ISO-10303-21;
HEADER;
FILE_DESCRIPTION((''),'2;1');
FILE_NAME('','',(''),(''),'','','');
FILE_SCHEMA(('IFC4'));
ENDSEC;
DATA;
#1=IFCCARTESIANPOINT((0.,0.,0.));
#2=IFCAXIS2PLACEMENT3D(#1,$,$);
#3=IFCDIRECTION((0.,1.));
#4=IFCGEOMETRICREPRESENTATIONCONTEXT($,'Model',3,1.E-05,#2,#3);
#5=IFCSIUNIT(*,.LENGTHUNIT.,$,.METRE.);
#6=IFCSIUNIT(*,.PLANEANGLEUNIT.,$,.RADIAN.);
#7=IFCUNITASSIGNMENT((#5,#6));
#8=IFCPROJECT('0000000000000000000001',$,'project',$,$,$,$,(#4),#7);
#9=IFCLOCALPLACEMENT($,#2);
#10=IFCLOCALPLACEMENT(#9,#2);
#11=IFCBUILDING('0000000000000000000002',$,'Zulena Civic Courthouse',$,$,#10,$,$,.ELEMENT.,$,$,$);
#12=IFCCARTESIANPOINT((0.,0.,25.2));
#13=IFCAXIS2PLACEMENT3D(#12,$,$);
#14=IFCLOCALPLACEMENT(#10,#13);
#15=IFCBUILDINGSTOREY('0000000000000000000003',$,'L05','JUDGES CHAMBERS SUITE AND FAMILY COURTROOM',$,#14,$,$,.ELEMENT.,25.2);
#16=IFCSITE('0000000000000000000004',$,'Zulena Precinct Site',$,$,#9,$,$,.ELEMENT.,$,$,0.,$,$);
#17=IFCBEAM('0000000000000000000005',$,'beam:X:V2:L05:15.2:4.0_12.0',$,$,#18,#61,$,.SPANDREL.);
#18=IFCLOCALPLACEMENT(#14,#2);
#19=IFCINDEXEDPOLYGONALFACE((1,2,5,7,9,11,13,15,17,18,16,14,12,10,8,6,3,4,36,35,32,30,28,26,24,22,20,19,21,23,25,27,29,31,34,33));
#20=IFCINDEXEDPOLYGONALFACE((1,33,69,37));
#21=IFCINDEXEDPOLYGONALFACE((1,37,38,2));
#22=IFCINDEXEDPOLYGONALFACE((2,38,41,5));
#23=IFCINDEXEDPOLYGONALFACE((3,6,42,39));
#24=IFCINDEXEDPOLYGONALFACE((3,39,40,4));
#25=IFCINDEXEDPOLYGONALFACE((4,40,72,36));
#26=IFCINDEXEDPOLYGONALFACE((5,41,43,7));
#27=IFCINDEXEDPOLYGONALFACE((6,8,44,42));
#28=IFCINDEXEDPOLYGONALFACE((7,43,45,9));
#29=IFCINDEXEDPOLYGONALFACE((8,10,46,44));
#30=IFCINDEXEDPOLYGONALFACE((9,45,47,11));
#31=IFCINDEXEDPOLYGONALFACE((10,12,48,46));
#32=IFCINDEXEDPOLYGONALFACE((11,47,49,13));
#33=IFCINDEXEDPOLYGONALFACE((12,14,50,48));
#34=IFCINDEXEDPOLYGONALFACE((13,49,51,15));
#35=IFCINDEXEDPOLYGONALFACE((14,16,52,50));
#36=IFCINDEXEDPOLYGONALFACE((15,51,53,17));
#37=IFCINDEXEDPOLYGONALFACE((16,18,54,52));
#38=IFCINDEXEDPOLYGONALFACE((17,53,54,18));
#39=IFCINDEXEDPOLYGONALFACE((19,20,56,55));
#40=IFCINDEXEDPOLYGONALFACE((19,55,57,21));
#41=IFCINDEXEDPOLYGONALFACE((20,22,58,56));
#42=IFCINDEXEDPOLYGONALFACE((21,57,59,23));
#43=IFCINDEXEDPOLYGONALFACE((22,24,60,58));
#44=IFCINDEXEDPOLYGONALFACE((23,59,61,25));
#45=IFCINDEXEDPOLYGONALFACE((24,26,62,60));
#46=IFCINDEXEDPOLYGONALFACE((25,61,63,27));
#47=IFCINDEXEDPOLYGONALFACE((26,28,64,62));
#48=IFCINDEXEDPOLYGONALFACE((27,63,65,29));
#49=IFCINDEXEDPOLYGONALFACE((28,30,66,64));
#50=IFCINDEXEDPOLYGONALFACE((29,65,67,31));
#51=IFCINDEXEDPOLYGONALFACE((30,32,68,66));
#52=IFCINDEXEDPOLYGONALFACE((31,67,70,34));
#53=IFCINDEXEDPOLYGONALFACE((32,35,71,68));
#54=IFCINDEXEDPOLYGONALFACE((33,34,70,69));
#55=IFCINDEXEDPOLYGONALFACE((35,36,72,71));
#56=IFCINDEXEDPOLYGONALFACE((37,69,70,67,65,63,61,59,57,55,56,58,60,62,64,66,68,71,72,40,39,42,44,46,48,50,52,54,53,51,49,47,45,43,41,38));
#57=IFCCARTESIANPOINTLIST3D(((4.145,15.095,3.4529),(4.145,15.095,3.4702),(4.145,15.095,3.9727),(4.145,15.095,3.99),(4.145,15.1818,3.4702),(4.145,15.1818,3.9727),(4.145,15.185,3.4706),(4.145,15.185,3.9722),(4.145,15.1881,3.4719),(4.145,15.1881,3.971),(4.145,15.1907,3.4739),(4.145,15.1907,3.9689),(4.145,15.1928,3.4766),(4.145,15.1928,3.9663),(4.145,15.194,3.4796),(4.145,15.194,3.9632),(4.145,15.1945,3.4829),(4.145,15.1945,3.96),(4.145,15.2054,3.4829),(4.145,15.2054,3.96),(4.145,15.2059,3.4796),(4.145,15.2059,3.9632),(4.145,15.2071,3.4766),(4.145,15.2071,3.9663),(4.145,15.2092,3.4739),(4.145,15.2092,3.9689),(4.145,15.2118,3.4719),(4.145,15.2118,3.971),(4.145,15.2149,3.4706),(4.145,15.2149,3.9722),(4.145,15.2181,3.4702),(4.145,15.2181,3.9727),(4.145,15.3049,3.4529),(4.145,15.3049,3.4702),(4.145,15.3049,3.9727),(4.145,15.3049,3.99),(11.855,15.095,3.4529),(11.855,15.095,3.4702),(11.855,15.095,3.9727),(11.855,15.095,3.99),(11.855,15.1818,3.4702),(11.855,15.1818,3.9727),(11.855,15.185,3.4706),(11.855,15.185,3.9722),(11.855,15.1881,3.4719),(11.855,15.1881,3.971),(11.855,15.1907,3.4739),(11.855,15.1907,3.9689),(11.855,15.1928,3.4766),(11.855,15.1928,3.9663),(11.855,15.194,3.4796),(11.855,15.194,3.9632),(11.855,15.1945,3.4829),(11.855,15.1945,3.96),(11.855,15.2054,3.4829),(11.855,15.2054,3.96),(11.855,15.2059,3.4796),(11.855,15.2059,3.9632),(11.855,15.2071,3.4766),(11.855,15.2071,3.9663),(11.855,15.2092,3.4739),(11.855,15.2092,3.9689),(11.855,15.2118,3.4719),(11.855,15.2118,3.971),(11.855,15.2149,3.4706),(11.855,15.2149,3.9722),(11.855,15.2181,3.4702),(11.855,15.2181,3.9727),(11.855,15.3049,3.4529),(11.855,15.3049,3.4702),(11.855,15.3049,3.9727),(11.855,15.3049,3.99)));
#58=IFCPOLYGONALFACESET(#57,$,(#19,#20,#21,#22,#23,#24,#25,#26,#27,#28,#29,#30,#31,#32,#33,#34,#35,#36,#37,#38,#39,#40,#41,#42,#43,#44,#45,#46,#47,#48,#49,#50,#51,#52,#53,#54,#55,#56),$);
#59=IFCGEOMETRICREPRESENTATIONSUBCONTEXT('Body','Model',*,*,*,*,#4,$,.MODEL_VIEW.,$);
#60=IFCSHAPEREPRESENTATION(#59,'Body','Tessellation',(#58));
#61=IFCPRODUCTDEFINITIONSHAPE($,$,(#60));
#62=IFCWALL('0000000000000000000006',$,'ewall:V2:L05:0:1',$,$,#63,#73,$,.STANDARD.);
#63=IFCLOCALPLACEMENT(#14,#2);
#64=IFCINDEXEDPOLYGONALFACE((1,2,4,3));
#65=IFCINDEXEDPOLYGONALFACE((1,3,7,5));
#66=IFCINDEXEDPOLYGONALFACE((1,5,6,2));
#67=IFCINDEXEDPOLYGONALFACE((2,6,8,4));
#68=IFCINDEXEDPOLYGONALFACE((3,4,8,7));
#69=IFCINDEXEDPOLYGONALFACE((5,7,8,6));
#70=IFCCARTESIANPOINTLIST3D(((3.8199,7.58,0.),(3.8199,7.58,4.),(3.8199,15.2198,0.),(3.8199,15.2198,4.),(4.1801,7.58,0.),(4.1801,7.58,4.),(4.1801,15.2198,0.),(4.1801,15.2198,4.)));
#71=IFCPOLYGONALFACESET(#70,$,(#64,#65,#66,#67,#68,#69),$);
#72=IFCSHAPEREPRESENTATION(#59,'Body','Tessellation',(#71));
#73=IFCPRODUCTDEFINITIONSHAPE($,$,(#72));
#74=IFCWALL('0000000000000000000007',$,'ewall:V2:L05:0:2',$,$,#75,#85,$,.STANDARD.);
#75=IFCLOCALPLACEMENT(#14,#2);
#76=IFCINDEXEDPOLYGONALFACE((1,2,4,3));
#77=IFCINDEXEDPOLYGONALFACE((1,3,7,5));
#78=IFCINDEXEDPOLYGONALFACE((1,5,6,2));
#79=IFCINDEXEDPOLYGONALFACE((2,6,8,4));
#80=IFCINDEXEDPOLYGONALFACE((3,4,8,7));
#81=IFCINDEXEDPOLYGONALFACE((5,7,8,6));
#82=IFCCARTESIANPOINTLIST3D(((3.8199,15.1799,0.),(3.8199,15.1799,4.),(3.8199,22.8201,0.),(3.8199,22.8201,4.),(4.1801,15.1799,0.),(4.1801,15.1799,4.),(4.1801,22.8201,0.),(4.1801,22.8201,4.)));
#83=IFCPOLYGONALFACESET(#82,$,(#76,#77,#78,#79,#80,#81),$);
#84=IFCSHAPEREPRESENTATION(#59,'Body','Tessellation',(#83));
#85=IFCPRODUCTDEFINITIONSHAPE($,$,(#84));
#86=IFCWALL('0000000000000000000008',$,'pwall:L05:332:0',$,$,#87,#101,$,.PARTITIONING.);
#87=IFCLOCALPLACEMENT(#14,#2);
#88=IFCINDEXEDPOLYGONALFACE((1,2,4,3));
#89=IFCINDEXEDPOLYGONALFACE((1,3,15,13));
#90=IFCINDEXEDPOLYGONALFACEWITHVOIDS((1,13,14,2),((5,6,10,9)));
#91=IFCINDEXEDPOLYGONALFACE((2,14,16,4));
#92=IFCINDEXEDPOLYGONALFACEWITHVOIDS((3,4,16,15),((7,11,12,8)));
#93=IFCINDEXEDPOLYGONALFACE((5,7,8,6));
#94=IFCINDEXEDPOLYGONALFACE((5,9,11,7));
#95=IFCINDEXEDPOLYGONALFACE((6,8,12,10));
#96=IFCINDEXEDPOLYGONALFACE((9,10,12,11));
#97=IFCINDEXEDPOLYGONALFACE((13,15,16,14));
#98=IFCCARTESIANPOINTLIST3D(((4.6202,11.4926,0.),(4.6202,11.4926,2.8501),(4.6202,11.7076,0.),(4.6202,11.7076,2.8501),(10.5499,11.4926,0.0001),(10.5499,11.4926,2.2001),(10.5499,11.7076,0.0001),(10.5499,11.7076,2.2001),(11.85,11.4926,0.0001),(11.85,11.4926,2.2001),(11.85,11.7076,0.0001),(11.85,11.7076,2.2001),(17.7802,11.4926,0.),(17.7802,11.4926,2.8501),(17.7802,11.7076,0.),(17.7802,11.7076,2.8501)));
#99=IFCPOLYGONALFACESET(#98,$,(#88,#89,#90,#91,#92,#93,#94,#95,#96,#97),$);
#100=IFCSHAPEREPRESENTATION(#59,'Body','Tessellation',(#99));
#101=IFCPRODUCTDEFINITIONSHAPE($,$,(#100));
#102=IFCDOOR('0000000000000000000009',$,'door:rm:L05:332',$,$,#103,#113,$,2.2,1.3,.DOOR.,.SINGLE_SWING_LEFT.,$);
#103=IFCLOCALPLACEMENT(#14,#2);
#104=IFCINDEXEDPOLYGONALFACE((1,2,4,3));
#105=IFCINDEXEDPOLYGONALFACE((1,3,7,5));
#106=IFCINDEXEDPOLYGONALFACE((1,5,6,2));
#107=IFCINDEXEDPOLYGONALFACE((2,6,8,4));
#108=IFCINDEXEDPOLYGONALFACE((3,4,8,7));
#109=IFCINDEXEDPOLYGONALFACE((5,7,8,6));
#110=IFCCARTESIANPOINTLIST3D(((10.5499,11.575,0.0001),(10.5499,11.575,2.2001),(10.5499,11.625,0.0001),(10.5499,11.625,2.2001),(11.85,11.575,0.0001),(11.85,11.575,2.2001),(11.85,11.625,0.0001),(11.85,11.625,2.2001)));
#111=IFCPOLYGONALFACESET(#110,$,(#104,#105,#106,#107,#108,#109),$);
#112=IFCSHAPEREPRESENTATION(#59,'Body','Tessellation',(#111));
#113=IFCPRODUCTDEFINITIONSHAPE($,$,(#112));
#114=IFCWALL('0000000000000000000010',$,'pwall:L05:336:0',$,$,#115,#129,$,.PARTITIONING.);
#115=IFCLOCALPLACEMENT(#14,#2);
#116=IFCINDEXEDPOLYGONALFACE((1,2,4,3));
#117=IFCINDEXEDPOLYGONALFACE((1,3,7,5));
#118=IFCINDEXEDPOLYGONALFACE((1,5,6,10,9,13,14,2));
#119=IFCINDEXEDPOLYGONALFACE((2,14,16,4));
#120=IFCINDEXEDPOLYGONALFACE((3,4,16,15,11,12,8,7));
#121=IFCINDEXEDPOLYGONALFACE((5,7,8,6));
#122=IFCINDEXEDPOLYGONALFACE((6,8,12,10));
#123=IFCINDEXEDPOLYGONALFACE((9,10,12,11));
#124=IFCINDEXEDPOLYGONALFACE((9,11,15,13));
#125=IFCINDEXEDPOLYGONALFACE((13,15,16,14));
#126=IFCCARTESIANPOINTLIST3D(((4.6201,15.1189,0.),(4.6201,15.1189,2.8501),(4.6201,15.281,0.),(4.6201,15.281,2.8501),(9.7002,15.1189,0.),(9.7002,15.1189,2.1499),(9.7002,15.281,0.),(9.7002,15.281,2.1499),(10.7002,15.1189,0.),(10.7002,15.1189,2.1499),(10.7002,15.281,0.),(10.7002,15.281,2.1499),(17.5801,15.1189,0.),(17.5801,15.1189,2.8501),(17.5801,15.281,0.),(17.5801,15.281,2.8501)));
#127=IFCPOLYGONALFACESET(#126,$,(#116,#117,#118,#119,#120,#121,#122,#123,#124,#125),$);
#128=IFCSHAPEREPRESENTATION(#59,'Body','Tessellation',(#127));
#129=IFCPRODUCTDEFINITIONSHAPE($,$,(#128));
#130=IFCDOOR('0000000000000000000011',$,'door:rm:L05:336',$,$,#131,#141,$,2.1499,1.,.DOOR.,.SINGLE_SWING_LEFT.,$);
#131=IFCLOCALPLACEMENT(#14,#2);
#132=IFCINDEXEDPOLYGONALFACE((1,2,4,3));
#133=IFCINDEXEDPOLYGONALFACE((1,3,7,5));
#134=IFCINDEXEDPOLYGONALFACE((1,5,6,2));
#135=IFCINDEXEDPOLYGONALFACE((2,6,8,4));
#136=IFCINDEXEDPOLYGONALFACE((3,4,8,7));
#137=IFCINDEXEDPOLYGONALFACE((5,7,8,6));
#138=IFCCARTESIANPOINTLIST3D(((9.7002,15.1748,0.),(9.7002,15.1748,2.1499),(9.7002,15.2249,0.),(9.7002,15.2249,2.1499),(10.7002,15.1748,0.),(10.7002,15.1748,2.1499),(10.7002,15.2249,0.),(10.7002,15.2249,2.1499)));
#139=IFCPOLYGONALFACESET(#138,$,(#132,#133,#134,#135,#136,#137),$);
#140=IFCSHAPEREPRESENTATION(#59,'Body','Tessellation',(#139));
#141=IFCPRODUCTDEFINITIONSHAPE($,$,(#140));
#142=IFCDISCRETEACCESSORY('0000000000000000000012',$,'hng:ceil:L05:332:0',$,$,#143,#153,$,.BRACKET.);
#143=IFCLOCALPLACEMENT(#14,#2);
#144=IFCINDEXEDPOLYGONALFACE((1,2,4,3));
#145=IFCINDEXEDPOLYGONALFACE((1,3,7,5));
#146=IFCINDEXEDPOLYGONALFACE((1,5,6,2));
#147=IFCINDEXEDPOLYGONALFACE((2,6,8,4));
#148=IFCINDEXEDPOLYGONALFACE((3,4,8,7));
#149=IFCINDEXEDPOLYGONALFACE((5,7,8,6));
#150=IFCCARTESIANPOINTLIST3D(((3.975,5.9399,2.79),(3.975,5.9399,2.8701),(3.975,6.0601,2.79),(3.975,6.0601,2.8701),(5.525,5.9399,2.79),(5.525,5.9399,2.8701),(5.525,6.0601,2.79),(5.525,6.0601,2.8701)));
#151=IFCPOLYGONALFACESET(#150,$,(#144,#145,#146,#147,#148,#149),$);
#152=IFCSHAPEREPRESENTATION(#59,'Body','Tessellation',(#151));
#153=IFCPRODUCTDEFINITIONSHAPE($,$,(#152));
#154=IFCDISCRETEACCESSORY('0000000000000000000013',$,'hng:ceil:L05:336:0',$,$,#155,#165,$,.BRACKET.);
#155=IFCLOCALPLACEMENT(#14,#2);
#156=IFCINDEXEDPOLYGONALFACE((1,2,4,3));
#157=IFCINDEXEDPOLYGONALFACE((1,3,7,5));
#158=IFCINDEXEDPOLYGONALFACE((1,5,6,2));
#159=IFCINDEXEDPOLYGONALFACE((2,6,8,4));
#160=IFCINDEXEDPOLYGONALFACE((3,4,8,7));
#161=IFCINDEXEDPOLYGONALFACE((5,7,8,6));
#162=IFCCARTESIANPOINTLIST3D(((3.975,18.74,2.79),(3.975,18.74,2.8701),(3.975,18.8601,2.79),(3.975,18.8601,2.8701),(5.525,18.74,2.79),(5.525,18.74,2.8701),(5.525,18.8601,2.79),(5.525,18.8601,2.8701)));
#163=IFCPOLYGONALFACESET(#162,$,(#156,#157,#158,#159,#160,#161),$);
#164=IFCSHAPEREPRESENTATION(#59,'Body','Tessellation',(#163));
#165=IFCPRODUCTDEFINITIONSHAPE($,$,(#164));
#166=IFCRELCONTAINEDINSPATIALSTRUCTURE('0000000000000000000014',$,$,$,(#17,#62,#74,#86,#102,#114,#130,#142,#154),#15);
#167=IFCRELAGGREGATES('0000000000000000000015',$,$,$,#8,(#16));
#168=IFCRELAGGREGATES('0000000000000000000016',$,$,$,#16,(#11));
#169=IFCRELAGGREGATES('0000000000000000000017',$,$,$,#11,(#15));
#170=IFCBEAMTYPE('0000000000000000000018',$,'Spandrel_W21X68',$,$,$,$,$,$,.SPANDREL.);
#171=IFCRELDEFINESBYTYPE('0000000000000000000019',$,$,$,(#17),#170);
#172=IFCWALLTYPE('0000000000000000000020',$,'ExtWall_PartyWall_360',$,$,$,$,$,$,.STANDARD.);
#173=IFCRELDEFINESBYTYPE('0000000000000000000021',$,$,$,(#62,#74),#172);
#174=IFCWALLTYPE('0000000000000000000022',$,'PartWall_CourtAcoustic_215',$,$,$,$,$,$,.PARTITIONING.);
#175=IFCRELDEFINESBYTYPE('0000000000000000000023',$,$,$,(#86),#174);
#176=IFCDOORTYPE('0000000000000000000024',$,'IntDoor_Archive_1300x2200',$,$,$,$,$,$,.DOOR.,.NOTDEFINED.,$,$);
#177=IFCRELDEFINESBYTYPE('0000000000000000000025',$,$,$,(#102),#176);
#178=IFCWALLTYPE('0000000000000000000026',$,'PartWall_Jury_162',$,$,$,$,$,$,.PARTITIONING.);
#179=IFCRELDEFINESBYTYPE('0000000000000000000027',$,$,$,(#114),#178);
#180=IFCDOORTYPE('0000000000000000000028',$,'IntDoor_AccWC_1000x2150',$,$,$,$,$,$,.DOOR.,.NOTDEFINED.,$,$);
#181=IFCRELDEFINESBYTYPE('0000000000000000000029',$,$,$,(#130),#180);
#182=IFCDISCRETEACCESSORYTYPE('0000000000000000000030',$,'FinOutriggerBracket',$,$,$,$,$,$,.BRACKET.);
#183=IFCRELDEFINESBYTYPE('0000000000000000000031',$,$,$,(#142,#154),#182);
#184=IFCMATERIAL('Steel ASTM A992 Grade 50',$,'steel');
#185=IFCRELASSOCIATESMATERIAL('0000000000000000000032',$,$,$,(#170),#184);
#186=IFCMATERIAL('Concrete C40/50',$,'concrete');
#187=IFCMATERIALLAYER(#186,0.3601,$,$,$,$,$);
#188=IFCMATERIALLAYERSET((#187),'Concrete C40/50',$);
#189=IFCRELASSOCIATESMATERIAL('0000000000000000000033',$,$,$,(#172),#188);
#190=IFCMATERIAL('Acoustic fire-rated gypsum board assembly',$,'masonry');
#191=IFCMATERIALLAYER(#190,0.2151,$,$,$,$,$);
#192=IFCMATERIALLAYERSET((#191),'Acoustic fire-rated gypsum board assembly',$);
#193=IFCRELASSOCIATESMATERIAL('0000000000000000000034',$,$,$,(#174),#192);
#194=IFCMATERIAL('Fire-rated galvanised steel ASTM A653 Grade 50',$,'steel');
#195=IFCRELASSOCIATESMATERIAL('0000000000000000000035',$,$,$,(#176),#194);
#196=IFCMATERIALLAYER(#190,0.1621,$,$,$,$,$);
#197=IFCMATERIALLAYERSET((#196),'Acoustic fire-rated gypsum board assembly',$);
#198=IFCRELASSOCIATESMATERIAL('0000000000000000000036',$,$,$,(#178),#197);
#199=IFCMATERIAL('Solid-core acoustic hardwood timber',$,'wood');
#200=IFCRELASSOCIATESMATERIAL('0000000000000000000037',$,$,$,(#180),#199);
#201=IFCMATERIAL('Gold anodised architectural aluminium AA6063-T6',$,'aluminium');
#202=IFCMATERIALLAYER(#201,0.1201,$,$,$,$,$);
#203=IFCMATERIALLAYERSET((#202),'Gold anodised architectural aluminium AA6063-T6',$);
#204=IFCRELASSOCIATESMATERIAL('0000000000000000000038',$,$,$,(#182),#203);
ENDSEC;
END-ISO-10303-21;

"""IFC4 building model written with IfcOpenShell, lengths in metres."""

from ifc_helpers import new_model, si_unit, direction, frame, frame_2d, origin, origin_2d, place, context, subcontext, project, spatial, rectangle, i_section, extrude, material, layer, layer_set, material_profile, profile_set, type_object, element, fill, save


model = new_model("IFC4")

# Units and contexts
model_context = context("Model", 3, precision=1e-05, world=origin(), true_north=direction((0.0, 1.0)))
body_context = subcontext(model_context, "Body", "Model", "MODEL_VIEW")
ifc_project = project(units=[si_unit("LENGTHUNIT", "METRE"), si_unit("PLANEANGLEUNIT", "RADIAN")], contexts=[model_context])

# Site, building, storey
site_placement = place(None, origin())
site = spatial("IfcSite", under=ifc_project, at=site_placement, Name="Zulena Precinct Site", CompositionType="ELEMENT", RefElevation=0.0)
building_placement = place(site_placement, origin())
building = spatial("IfcBuilding", under=site, at=building_placement, Name="Zulena Civic Courthouse", CompositionType="ELEMENT")
storey_placement = place(building_placement, frame((0.0, 0.0, 25.2)))
storey = spatial("IfcBuildingStorey", under=building, at=storey_placement, Name="L05", Description="JUDGES CHAMBERS SUITE AND FAMILY COURTROOM", CompositionType="ELEMENT", Elevation=25.2)

# Shared definitions
ifc_material_1 = material(Name="Steel ASTM A992 Grade 50", Category="steel")

# Beam
ifc_material_profile_1 = material_profile(ifc_material_1, i_section(OverallWidth=0.21, OverallDepth=0.5371, WebThickness=0.011, FlangeThickness=0.0173, FilletRadius=0.0127, at=origin_2d()), Name="W21X68")
ifc_profile_set_1 = profile_set([ifc_material_profile_1], Name="Steel ASTM A992 Grade 50")
beam_type_1 = type_object("IfcBeamType", Name="Spandrel_W21X68", PredefinedType="SPANDREL", material=ifc_profile_set_1)
for number, where, z_axis, x_axis, name in (
    (1, (4.145, 15.2, 3.7214), (1.0, 0.0, 0.0), (0.0, 1.0, 0.0), "beam:X:V2:L05:15.2:4.0_12.0"),
):
    element("IfcBeam", number, at=place(storey_placement, frame(where, z_axis=z_axis, x_axis=x_axis)), inside=storey, type_object=beam_type_1, Name=name, PredefinedType="SPANDREL", context=body_context, shape_type="SweptSolid", body=[
        extrude(i_section(OverallWidth=0.21, OverallDepth=0.5371, WebThickness=0.011, FlangeThickness=0.0173, FilletRadius=0.0127, at=origin_2d()), origin(), (0.0, 0.0, 1.0), 7.71),
    ])

# Walls
ifc_material_2 = material(Name="Concrete C40/50", Category="concrete")
ifc_layer_1 = layer(ifc_material_2, 0.3601)
ifc_layer_set_1 = layer_set([ifc_layer_1], Name="Concrete C40/50")
wall_type_1 = type_object("IfcWallType", Name="ExtWall_PartyWall_360", PredefinedType="STANDARD", material=ifc_layer_set_1)
wall_1_placement = place(storey_placement, frame((4.0, 7.5801, 0.0), z_axis=(0.0, 0.0, 1.0), x_axis=(0.0, 1.0, 0.0)))
element("IfcWall", 2, at=wall_1_placement, inside=storey, type_object=wall_type_1, Name="ewall:V2:L05:0:1", PredefinedType="STANDARD", context=body_context, shape_type="SweptSolid", body=[
    extrude(rectangle(XDim=7.6399, YDim=0.3601, at=frame_2d((3.8198, 0.0))), origin(), (0.0, 0.0, 1.0), 4.0),
])
wall_2_placement = place(storey_placement, frame((4.0, 15.1799, 0.0), z_axis=(0.0, 0.0, 1.0), x_axis=(0.0, 1.0, 0.0)))
element("IfcWall", 3, at=wall_2_placement, inside=storey, type_object=wall_type_1, Name="ewall:V2:L05:0:2", PredefinedType="STANDARD", context=body_context, shape_type="SweptSolid", body=[
    extrude(rectangle(XDim=7.6401, YDim=0.3601, at=frame_2d((3.8201, 0.0))), origin(), (0.0, 0.0, 1.0), 4.0),
])

# Walls, openings, doors
ifc_material_3 = material(Name="Acoustic fire-rated gypsum board assembly", Category="masonry")
ifc_layer_2 = layer(ifc_material_3, 0.2151)
ifc_layer_set_2 = layer_set([ifc_layer_2], Name="Acoustic fire-rated gypsum board assembly")
wall_type_2 = type_object("IfcWallType", Name="PartWall_CourtAcoustic_215", PredefinedType="PARTITIONING", material=ifc_layer_set_2)
wall_3_placement = place(storey_placement, frame((4.6201, 11.6001, 0.0), z_axis=(0.0, 0.0, 1.0), x_axis=(1.0, 0.0, 0.0)))
wall_3 = element("IfcWall", 4, at=wall_3_placement, inside=storey, type_object=wall_type_2, Name="pwall:L05:332:0", PredefinedType="PARTITIONING", context=body_context, shape_type="SweptSolid", body=[
    extrude(rectangle(XDim=13.1599, YDim=0.2151, at=frame_2d((6.5801, 0.0))), origin(), (0.0, 0.0, 1.0), 2.8501),
])
opening_1_placement = place(wall_3_placement, frame((5.9299, 0.0, 0.0)))
opening_1 = element("IfcOpeningElement", 5, at=opening_1_placement, cuts=wall_3, PredefinedType="OPENING", context=body_context, shape_type="SweptSolid", body=[
    extrude(rectangle(XDim=1.3, YDim=2.2, at=frame_2d((0.6499, 1.1001))), frame((0.0, 0.1174, 0.0), z_axis=(0.0, -1.0, 0.0), x_axis=(1.0, 0.0, 0.0)), (0.0, 0.0, 1.0), 0.2351),
])
ifc_material_4 = material(Name="Fire-rated galvanised steel ASTM A653 Grade 50", Category="steel")
door_type_1 = type_object("IfcDoorType", Name="IntDoor_Archive_1300x2200", OperationType="NOTDEFINED", PredefinedType="DOOR", material=ifc_material_4)
door_1_placement = place(opening_1_placement, origin())
door_1 = element("IfcDoor", 6, at=door_1_placement, inside=storey, type_object=door_type_1, Name="door:rm:L05:332", OperationType="SINGLE_SWING_LEFT", OverallHeight=2.2, OverallWidth=1.3, PredefinedType="DOOR", context=body_context, shape_type="SweptSolid", body=[
    extrude(rectangle(XDim=1.3, YDim=2.2, at=frame_2d((0.6499, 1.1001))), frame((0.0, 0.0249, 0.0), z_axis=(0.0, -1.0, 0.0), x_axis=(1.0, 0.0, 0.0)), (0.0, 0.0, 1.0), 0.05),
])
fill(opening_1, door_1)
ifc_layer_3 = layer(ifc_material_3, 0.1621)
ifc_layer_set_3 = layer_set([ifc_layer_3], Name="Acoustic fire-rated gypsum board assembly")
wall_type_3 = type_object("IfcWallType", Name="PartWall_Jury_162", PredefinedType="PARTITIONING", material=ifc_layer_set_3)
wall_4_placement = place(storey_placement, frame((4.6201, 15.2, 0.0), z_axis=(0.0, 0.0, 1.0), x_axis=(1.0, 0.0, 0.0)))
wall_4 = element("IfcWall", 7, at=wall_4_placement, inside=storey, type_object=wall_type_3, Name="pwall:L05:336:0", PredefinedType="PARTITIONING", context=body_context, shape_type="SweptSolid", body=[
    extrude(rectangle(XDim=12.96, YDim=0.1621, at=frame_2d((6.48, 0.0))), origin(), (0.0, 0.0, 1.0), 2.8501),
])
opening_2_placement = place(wall_4_placement, frame((5.0801, 0.0, 0.0)))
opening_2 = element("IfcOpeningElement", 8, at=opening_2_placement, cuts=wall_4, PredefinedType="OPENING", context=body_context, shape_type="SweptSolid", body=[
    extrude(rectangle(XDim=1.0, YDim=2.1499, at=frame_2d((0.5, 1.075))), frame((0.0, 0.0911, 0.0), z_axis=(0.0, -1.0, 0.0), x_axis=(1.0, 0.0, 0.0)), (0.0, 0.0, 1.0), 0.1821),
])
ifc_material_5 = material(Name="Solid-core acoustic hardwood timber", Category="wood")
door_type_2 = type_object("IfcDoorType", Name="IntDoor_AccWC_1000x2150", OperationType="NOTDEFINED", PredefinedType="DOOR", material=ifc_material_5)
door_2_placement = place(opening_2_placement, origin())
door_2 = element("IfcDoor", 9, at=door_2_placement, inside=storey, type_object=door_type_2, Name="door:rm:L05:336", OperationType="SINGLE_SWING_LEFT", OverallHeight=2.1499, OverallWidth=1.0, PredefinedType="DOOR", context=body_context, shape_type="SweptSolid", body=[
    extrude(rectangle(XDim=1.0, YDim=2.1499, at=frame_2d((0.5, 1.075))), frame((0.0, 0.0249, 0.0), z_axis=(0.0, -1.0, 0.0), x_axis=(1.0, 0.0, 0.0)), (0.0, 0.0, 1.0), 0.05),
])
fill(opening_2, door_2)

# Discrete accessories
ifc_material_6 = material(Name="Gold anodised architectural aluminium AA6063-T6", Category="aluminium")
ifc_layer_4 = layer(ifc_material_6, 0.1201)
ifc_layer_set_4 = layer_set([ifc_layer_4], Name="Gold anodised architectural aluminium AA6063-T6")
discrete_accessory_type = type_object("IfcDiscreteAccessoryType", Name="FinOutriggerBracket", PredefinedType="BRACKET", material=ifc_layer_set_4)
for number, where, z_axis, x_axis, name in (
    (10, (4.75, 6.0, 2.79), (0.0, 0.0, 1.0), (1.0, 0.0, 0.0), "hng:ceil:L05:332:0"),
    (11, (4.75, 18.8, 2.79), (0.0, 0.0, 1.0), (1.0, 0.0, 0.0), "hng:ceil:L05:336:0"),
):
    element("IfcDiscreteAccessory", number, at=place(storey_placement, frame(where, z_axis=z_axis, x_axis=x_axis)), inside=storey, type_object=discrete_accessory_type, Name=name, PredefinedType="BRACKET", context=body_context, shape_type="SweptSolid", body=[
        extrude(rectangle(XDim=1.55, YDim=0.1201, at=origin_2d()), origin(), (0.0, 0.0, 1.0), 0.0801),
    ])

save(model, "model.ifc")
